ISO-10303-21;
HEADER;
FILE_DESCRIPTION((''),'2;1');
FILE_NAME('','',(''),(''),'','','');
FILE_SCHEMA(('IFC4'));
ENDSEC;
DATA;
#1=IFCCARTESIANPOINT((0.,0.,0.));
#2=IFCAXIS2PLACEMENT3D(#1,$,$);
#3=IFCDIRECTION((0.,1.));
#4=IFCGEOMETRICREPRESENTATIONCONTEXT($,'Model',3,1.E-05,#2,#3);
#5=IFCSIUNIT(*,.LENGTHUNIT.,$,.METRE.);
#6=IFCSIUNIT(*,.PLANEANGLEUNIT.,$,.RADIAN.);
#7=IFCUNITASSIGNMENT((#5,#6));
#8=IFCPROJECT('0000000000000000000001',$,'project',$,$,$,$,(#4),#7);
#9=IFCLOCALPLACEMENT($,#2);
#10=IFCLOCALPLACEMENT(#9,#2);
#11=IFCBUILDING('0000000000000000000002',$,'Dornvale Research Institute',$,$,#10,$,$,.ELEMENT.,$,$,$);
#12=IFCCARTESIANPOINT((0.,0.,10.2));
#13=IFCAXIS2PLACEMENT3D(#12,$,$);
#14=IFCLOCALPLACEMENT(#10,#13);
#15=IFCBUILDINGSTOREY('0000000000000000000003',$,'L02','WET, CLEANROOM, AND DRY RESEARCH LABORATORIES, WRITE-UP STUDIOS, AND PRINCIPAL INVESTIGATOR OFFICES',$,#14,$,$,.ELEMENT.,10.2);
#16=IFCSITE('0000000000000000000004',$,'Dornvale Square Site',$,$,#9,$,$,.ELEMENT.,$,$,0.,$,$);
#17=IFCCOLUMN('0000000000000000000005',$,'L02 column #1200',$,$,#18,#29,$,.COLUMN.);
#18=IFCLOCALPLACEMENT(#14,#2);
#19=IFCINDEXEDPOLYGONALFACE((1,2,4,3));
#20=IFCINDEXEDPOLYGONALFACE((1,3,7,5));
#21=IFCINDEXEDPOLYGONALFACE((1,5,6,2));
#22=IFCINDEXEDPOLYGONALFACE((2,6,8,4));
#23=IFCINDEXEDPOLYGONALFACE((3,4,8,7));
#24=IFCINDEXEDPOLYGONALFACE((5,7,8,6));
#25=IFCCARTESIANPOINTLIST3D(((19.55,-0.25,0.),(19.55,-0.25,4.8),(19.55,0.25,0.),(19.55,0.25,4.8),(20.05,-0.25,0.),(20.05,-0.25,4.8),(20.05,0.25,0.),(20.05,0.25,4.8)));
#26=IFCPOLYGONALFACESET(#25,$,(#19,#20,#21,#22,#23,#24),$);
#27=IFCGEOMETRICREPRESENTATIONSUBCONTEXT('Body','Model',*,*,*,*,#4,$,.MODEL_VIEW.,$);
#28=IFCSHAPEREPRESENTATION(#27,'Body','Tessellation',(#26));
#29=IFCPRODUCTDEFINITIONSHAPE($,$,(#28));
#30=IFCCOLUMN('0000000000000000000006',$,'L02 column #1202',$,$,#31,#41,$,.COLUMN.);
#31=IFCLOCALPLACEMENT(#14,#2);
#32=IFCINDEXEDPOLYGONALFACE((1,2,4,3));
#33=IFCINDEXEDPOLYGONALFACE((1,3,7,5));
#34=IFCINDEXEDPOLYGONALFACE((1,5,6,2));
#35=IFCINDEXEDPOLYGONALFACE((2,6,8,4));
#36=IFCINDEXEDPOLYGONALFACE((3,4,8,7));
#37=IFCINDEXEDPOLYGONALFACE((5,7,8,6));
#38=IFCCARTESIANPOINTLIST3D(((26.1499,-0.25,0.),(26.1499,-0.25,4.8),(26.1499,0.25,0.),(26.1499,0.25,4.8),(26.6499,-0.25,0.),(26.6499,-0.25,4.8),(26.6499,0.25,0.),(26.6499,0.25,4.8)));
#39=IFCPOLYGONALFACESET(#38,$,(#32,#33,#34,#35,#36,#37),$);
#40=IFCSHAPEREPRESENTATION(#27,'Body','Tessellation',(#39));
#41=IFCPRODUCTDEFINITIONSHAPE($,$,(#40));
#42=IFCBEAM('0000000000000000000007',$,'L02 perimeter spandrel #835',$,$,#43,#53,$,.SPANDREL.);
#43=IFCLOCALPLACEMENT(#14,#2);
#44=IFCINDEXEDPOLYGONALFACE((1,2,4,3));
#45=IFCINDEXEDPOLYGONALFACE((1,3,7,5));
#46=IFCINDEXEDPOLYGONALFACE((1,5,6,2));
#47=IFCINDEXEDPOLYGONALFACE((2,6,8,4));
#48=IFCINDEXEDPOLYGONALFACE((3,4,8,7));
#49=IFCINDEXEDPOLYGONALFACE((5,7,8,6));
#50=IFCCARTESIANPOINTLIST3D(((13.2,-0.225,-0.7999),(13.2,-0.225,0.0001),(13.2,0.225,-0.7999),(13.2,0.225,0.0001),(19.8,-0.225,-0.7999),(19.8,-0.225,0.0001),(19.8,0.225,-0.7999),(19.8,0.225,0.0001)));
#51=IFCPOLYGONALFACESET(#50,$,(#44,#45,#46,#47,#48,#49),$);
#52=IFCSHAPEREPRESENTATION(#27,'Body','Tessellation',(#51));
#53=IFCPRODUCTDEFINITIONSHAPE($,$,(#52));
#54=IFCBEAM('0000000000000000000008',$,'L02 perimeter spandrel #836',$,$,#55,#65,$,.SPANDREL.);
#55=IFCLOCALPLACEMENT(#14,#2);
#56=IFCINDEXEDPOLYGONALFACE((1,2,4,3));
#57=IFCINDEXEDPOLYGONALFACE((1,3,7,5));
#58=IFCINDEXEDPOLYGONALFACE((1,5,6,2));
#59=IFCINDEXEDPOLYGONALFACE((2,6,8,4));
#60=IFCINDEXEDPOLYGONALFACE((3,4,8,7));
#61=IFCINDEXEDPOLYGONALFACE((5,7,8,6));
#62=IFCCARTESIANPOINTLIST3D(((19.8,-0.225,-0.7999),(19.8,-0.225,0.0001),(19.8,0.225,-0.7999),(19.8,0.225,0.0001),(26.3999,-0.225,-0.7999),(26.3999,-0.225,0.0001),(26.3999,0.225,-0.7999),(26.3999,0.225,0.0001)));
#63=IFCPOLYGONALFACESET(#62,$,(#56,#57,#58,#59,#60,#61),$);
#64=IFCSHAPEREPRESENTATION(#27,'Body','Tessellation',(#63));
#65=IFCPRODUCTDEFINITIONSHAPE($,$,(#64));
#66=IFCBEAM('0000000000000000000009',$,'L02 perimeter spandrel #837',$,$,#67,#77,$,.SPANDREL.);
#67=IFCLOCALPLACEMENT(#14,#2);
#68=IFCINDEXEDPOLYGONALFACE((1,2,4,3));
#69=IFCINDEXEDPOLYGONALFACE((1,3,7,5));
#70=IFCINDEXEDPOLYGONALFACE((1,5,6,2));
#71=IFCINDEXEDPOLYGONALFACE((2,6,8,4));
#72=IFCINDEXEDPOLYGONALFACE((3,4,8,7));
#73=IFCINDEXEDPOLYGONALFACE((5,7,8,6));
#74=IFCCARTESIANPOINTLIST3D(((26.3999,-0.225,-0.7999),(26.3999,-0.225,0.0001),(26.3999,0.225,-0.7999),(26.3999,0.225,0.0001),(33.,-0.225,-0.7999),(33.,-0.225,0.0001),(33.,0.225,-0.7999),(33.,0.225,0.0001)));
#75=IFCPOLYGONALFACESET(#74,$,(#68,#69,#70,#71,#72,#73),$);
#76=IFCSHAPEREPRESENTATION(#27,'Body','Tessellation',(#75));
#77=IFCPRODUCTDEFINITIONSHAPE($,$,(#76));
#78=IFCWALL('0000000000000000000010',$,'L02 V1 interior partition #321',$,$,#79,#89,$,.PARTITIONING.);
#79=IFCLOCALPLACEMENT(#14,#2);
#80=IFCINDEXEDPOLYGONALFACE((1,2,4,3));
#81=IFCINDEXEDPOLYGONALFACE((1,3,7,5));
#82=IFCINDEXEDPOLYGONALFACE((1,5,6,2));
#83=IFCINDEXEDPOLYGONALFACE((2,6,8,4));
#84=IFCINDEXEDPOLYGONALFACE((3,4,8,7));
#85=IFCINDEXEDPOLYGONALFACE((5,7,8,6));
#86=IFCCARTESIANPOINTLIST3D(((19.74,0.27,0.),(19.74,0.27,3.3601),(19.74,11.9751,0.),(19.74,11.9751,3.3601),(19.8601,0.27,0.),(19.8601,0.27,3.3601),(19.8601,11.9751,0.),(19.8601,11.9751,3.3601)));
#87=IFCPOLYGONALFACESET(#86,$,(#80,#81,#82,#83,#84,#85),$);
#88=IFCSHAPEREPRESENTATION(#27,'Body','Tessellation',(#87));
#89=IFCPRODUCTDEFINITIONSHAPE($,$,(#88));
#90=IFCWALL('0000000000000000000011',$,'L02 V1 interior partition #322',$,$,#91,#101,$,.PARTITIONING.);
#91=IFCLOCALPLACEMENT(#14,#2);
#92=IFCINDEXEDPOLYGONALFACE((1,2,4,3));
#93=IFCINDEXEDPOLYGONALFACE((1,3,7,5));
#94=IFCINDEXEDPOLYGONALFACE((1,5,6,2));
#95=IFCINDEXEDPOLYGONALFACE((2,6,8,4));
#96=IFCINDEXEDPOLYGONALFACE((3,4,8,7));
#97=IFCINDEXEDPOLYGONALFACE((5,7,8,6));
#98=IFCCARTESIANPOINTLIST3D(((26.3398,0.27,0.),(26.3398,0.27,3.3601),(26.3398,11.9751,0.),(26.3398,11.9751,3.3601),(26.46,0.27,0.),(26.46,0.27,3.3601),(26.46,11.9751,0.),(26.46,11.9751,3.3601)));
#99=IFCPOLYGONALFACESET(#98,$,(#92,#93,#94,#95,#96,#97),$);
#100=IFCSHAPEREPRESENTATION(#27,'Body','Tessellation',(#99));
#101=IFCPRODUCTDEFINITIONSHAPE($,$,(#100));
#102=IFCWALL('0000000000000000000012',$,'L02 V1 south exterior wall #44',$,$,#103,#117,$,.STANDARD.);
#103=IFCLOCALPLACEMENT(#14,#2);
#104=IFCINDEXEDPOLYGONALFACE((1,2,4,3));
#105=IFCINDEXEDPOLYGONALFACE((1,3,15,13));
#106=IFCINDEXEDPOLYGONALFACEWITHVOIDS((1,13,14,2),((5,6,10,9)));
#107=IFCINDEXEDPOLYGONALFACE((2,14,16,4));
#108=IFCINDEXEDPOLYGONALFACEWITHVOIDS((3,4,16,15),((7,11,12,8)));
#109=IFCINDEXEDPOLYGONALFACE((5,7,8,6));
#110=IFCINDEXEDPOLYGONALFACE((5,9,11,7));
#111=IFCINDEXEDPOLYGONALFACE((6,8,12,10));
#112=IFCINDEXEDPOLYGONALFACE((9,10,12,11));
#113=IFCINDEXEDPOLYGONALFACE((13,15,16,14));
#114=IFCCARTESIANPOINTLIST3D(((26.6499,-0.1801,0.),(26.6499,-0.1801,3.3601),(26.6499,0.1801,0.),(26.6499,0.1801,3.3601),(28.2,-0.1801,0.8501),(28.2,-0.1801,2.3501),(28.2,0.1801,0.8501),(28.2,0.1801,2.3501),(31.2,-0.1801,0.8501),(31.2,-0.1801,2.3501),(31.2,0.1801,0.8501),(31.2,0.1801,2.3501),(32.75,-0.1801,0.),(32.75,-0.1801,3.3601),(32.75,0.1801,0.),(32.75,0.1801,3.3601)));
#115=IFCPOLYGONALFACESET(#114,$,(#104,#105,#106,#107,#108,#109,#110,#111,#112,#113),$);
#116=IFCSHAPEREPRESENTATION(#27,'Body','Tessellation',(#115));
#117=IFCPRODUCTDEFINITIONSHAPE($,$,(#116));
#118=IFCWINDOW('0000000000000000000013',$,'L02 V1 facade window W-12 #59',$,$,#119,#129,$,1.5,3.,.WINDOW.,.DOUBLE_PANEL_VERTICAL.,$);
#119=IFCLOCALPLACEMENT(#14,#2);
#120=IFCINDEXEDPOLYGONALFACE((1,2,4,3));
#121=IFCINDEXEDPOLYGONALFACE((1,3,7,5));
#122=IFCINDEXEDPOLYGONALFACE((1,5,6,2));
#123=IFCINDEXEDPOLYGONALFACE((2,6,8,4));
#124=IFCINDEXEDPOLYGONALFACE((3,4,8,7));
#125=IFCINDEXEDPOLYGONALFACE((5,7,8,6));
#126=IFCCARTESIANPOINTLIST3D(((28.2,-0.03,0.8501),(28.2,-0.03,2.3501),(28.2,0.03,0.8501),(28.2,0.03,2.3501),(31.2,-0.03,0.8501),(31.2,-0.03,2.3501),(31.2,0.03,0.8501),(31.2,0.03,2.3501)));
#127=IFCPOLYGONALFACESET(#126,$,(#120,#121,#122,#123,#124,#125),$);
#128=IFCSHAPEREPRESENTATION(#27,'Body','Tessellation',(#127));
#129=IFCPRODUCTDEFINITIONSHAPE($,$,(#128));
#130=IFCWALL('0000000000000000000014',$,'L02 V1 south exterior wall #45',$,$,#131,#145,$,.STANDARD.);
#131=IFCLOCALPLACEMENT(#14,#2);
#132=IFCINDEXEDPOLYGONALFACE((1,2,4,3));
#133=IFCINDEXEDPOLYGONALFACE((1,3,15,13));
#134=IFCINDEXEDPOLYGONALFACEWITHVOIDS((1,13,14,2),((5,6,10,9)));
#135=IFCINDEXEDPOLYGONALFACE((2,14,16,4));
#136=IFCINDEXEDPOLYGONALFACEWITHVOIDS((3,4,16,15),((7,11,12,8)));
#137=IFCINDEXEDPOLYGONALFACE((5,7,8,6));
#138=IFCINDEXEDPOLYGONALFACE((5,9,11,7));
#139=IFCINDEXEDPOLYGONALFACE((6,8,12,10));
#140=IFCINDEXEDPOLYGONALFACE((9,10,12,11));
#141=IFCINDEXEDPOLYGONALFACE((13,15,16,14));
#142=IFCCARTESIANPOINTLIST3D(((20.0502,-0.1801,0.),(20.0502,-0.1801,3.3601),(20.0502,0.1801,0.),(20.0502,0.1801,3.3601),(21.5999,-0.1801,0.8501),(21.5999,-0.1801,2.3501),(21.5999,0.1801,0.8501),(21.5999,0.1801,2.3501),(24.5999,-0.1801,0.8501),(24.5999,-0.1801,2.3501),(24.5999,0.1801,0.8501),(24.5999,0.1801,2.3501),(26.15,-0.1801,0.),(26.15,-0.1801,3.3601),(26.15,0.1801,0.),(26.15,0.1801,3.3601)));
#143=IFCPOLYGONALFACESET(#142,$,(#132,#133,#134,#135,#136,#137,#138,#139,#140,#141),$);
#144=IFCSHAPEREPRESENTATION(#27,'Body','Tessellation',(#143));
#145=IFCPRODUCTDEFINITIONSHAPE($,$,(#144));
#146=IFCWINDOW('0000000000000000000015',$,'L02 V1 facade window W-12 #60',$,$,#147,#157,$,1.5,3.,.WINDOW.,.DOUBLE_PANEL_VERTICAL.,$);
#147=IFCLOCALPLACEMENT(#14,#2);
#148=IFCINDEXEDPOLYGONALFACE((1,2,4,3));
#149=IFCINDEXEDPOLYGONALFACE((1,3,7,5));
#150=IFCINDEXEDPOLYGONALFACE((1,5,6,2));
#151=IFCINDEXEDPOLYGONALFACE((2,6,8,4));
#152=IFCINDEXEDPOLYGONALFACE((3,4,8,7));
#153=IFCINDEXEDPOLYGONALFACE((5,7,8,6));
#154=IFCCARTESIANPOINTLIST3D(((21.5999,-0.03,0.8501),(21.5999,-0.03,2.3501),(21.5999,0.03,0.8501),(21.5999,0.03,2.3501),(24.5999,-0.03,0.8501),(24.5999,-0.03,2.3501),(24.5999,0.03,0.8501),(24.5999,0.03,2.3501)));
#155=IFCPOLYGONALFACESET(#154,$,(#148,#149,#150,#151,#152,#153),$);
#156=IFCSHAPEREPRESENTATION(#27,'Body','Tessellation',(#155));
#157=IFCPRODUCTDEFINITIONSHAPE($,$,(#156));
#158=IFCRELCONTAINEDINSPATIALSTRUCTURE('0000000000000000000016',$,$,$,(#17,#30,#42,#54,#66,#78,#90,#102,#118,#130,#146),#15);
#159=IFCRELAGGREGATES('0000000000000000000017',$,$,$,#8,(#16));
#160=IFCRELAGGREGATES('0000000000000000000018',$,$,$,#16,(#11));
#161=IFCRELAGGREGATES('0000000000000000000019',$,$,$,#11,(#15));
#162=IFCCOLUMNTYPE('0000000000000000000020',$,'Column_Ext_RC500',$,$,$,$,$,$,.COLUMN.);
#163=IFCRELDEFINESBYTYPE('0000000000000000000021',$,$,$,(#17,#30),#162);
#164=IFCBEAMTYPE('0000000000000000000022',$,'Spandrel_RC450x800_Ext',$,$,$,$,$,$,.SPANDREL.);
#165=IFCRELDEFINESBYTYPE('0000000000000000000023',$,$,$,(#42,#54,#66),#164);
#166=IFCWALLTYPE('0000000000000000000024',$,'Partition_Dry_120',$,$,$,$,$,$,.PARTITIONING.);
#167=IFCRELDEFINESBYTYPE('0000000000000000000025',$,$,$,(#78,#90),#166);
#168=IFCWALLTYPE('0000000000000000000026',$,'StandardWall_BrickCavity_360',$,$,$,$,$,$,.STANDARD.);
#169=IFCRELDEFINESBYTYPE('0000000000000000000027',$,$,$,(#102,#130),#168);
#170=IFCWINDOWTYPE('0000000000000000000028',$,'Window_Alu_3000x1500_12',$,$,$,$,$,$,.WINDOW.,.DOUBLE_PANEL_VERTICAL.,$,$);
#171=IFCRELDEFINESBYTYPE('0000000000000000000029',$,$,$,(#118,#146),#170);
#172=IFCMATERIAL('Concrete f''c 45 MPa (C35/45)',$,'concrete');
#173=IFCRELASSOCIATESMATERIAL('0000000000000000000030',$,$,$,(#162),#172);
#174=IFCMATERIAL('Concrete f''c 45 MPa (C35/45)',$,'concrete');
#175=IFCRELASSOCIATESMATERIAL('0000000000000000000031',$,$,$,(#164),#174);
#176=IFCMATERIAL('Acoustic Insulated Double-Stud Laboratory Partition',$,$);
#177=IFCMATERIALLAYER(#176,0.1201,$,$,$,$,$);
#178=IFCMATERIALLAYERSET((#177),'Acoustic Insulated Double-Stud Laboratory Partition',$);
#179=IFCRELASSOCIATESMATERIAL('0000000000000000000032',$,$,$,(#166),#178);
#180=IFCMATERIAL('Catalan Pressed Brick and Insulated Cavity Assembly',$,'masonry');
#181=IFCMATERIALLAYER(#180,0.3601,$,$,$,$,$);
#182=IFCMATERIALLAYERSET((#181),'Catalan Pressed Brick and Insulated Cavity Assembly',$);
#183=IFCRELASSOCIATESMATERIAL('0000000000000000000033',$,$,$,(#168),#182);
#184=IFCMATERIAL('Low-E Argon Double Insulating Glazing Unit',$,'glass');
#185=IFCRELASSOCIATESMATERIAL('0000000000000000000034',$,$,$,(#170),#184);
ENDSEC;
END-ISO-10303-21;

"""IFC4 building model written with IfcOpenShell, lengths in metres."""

from ifc_helpers import new_model, si_unit, direction, frame, frame_2d, origin, origin_2d, place, context, subcontext, project, spatial, rectangle, extrude, material, layer, layer_set, material_profile, profile_set, type_object, element, fill, save


model = new_model("IFC4")

# Units and contexts
model_context = context("Model", 3, precision=1e-05, world=origin(), true_north=direction((0.0, 1.0)))
body_context = subcontext(model_context, "Body", "Model", "MODEL_VIEW")
ifc_project = project(units=[si_unit("LENGTHUNIT", "METRE"), si_unit("PLANEANGLEUNIT", "RADIAN")], contexts=[model_context])

# Site, building, storey
site_placement = place(None, origin())
site = spatial("IfcSite", under=ifc_project, at=site_placement, Name="Dornvale Square Site", CompositionType="ELEMENT", RefElevation=0.0)
building_placement = place(site_placement, origin())
building = spatial("IfcBuilding", under=site, at=building_placement, Name="Dornvale Research Institute", CompositionType="ELEMENT")
storey_placement = place(building_placement, frame((0.0, 0.0, 10.2)))
storey = spatial("IfcBuildingStorey", under=building, at=storey_placement, Name="L02", Description="WET, CLEANROOM, AND DRY RESEARCH LABORATORIES, WRITE-UP STUDIOS, AND PRINCIPAL INVESTIGATOR OFFICES", CompositionType="ELEMENT", Elevation=10.2)

# Columns
ifc_material_1 = material(Name="Concrete f'c 45 MPa (C35/45)", Category="concrete")
ifc_material_profile_1 = material_profile(ifc_material_1, rectangle(XDim=0.5, YDim=0.5, at=origin_2d()), Name="RC 500x500")
ifc_profile_set_1 = profile_set([ifc_material_profile_1], Name="Concrete f'c 45 MPa (C35/45)")
column_type = type_object("IfcColumnType", Name="Column_Ext_RC500", PredefinedType="COLUMN", material=ifc_profile_set_1)
for number, where, z_axis, x_axis, name in (
    (1, (19.8, 0.0, 0.0), (0.0, 0.0, 1.0), (1.0, 0.0, 0.0), "L02 column #1200"),
    (2, (26.3999, 0.0, 0.0), (0.0, 0.0, 1.0), (1.0, 0.0, 0.0), "L02 column #1202"),
):
    element("IfcColumn", number, at=place(storey_placement, frame(where, z_axis=z_axis, x_axis=x_axis)), inside=storey, type_object=column_type, Name=name, PredefinedType="COLUMN", context=body_context, shape_type="SweptSolid", body=[
        extrude(rectangle(XDim=0.5, YDim=0.5, at=origin_2d()), origin(), (0.0, 0.0, 1.0), 4.8),
    ])

# Beams
ifc_material_2 = material(Name="Concrete f'c 45 MPa (C35/45)", Category="concrete")
ifc_material_profile_2 = material_profile(ifc_material_2, rectangle(XDim=0.45, YDim=0.8, at=origin_2d()), Name="RC 450x800")
ifc_profile_set_2 = profile_set([ifc_material_profile_2], Name="Concrete f'c 45 MPa (C35/45)")
beam_type = type_object("IfcBeamType", Name="Spandrel_RC450x800_Ext", PredefinedType="SPANDREL", material=ifc_profile_set_2)
beam_1_placement = place(storey_placement, frame((13.2, 0.0, -0.3999), z_axis=(1.0, 0.0, 0.0), x_axis=(0.0, 1.0, 0.0)))
element("IfcBeam", 3, at=beam_1_placement, inside=storey, type_object=beam_type, Name="L02 perimeter spandrel #835", PredefinedType="SPANDREL", context=body_context, shape_type="SweptSolid", body=[
    extrude(rectangle(XDim=0.45, YDim=0.8, at=origin_2d()), origin(), (0.0, 0.0, 1.0), 6.6001),
])
beam_2_placement = place(storey_placement, frame((19.8, 0.0, -0.3999), z_axis=(1.0, 0.0, 0.0), x_axis=(0.0, 1.0, 0.0)))
element("IfcBeam", 4, at=beam_2_placement, inside=storey, type_object=beam_type, Name="L02 perimeter spandrel #836", PredefinedType="SPANDREL", context=body_context, shape_type="SweptSolid", body=[
    extrude(rectangle(XDim=0.45, YDim=0.8, at=origin_2d()), origin(), (0.0, 0.0, 1.0), 6.5999),
])
beam_3_placement = place(storey_placement, frame((26.3999, 0.0, -0.3999), z_axis=(1.0, 0.0, 0.0), x_axis=(0.0, 1.0, 0.0)))
element("IfcBeam", 5, at=beam_3_placement, inside=storey, type_object=beam_type, Name="L02 perimeter spandrel #837", PredefinedType="SPANDREL", context=body_context, shape_type="SweptSolid", body=[
    extrude(rectangle(XDim=0.45, YDim=0.8, at=origin_2d()), origin(), (0.0, 0.0, 1.0), 6.6001),
])

# Walls
ifc_material_3 = material(Name="Acoustic Insulated Double-Stud Laboratory Partition")
ifc_layer_1 = layer(ifc_material_3, 0.1201)
ifc_layer_set_1 = layer_set([ifc_layer_1], Name="Acoustic Insulated Double-Stud Laboratory Partition")
wall_type_1 = type_object("IfcWallType", Name="Partition_Dry_120", PredefinedType="PARTITIONING", material=ifc_layer_set_1)
for number, where, z_axis, x_axis, name in (
    (6, (19.8, 0.27, 0.0), (0.0, 0.0, 1.0), (0.0, 1.0, 0.0), "L02 V1 interior partition #321"),
    (7, (26.3999, 0.27, 0.0), (0.0, 0.0, 1.0), (0.0, 1.0, 0.0), "L02 V1 interior partition #322"),
):
    element("IfcWall", number, at=place(storey_placement, frame(where, z_axis=z_axis, x_axis=x_axis)), inside=storey, type_object=wall_type_1, Name=name, PredefinedType="PARTITIONING", context=body_context, shape_type="SweptSolid", body=[
        extrude(rectangle(XDim=11.7051, YDim=0.1201, at=frame_2d((5.8525, 0.0))), origin(), (0.0, 0.0, 1.0), 3.3601),
    ])

# Walls, openings, windows
ifc_material_4 = material(Name="Catalan Pressed Brick and Insulated Cavity Assembly", Category="masonry")
ifc_layer_2 = layer(ifc_material_4, 0.3601)
ifc_layer_set_2 = layer_set([ifc_layer_2], Name="Catalan Pressed Brick and Insulated Cavity Assembly")
wall_type_2 = type_object("IfcWallType", Name="StandardWall_BrickCavity_360", PredefinedType="STANDARD", material=ifc_layer_set_2)
wall_1_placement = place(storey_placement, frame((32.75, 0.0, 0.0), z_axis=(0.0, 0.0, 1.0), x_axis=(-1.0, 0.0, 0.0)))
wall_1 = element("IfcWall", 8, at=wall_1_placement, inside=storey, type_object=wall_type_2, Name="L02 V1 south exterior wall #44", PredefinedType="STANDARD", context=body_context, shape_type="SweptSolid", body=[
    extrude(rectangle(XDim=6.1001, YDim=0.3601, at=frame_2d((3.05, 0.0))), origin(), (0.0, 0.0, 1.0), 3.3601),
])
opening_1_placement = place(wall_1_placement, frame((1.55, 0.0, 0.8501)))
opening_1 = element("IfcOpeningElement", 9, at=opening_1_placement, cuts=wall_1, PredefinedType="OPENING", context=body_context, shape_type="SweptSolid", body=[
    extrude(rectangle(XDim=3.0, YDim=1.5, at=frame_2d((1.5, 0.75))), frame((0.0, 0.1951, 0.0), z_axis=(0.0, -1.0, 0.0), x_axis=(1.0, 0.0, 0.0)), (0.0, 0.0, 1.0), 0.3901),
])
ifc_material_5 = material(Name="Low-E Argon Double Insulating Glazing Unit", Category="glass")
window_type = type_object("IfcWindowType", Name="Window_Alu_3000x1500_12", PartitioningType="DOUBLE_PANEL_VERTICAL", PredefinedType="WINDOW", material=ifc_material_5)
window_1_placement = place(opening_1_placement, origin())
window_1 = element("IfcWindow", 10, at=window_1_placement, inside=storey, type_object=window_type, Name="L02 V1 facade window W-12 #59", OverallHeight=1.5, OverallWidth=3.0, PartitioningType="DOUBLE_PANEL_VERTICAL", PredefinedType="WINDOW", context=body_context, shape_type="SweptSolid", body=[
    extrude(rectangle(XDim=3.0, YDim=1.5, at=frame_2d((1.5, 0.75))), frame((0.0, 0.03, 0.0), z_axis=(0.0, -1.0, 0.0), x_axis=(1.0, 0.0, 0.0)), (0.0, 0.0, 1.0), 0.0601),
])
fill(opening_1, window_1)
wall_2_placement = place(storey_placement, frame((26.1499, 0.0, 0.0), z_axis=(0.0, 0.0, 1.0), x_axis=(-1.0, 0.0, 0.0)))
wall_2 = element("IfcWall", 11, at=wall_2_placement, inside=storey, type_object=wall_type_2, Name="L02 V1 south exterior wall #45", PredefinedType="STANDARD", context=body_context, shape_type="SweptSolid", body=[
    extrude(rectangle(XDim=6.0999, YDim=0.3601, at=frame_2d((3.0498, 0.0))), origin(), (0.0, 0.0, 1.0), 3.3601),
])
opening_2_placement = place(wall_2_placement, frame((1.55, 0.0, 0.8501)))
opening_2 = element("IfcOpeningElement", 12, at=opening_2_placement, cuts=wall_2, PredefinedType="OPENING", context=body_context, shape_type="SweptSolid", body=[
    extrude(rectangle(XDim=3.0, YDim=1.5, at=frame_2d((1.5, 0.75))), frame((0.0, 0.1951, 0.0), z_axis=(0.0, -1.0, 0.0), x_axis=(1.0, 0.0, 0.0)), (0.0, 0.0, 1.0), 0.3901),
])
window_2_placement = place(opening_2_placement, origin())
window_2 = element("IfcWindow", 13, at=window_2_placement, inside=storey, type_object=window_type, Name="L02 V1 facade window W-12 #60", OverallHeight=1.5, OverallWidth=3.0, PartitioningType="DOUBLE_PANEL_VERTICAL", PredefinedType="WINDOW", context=body_context, shape_type="SweptSolid", body=[
    extrude(rectangle(XDim=3.0, YDim=1.5, at=frame_2d((1.5, 0.75))), frame((0.0, 0.03, 0.0), z_axis=(0.0, -1.0, 0.0), x_axis=(1.0, 0.0, 0.0)), (0.0, 0.0, 1.0), 0.0601),
])
fill(opening_2, window_2)

save(model, "model.ifc")
